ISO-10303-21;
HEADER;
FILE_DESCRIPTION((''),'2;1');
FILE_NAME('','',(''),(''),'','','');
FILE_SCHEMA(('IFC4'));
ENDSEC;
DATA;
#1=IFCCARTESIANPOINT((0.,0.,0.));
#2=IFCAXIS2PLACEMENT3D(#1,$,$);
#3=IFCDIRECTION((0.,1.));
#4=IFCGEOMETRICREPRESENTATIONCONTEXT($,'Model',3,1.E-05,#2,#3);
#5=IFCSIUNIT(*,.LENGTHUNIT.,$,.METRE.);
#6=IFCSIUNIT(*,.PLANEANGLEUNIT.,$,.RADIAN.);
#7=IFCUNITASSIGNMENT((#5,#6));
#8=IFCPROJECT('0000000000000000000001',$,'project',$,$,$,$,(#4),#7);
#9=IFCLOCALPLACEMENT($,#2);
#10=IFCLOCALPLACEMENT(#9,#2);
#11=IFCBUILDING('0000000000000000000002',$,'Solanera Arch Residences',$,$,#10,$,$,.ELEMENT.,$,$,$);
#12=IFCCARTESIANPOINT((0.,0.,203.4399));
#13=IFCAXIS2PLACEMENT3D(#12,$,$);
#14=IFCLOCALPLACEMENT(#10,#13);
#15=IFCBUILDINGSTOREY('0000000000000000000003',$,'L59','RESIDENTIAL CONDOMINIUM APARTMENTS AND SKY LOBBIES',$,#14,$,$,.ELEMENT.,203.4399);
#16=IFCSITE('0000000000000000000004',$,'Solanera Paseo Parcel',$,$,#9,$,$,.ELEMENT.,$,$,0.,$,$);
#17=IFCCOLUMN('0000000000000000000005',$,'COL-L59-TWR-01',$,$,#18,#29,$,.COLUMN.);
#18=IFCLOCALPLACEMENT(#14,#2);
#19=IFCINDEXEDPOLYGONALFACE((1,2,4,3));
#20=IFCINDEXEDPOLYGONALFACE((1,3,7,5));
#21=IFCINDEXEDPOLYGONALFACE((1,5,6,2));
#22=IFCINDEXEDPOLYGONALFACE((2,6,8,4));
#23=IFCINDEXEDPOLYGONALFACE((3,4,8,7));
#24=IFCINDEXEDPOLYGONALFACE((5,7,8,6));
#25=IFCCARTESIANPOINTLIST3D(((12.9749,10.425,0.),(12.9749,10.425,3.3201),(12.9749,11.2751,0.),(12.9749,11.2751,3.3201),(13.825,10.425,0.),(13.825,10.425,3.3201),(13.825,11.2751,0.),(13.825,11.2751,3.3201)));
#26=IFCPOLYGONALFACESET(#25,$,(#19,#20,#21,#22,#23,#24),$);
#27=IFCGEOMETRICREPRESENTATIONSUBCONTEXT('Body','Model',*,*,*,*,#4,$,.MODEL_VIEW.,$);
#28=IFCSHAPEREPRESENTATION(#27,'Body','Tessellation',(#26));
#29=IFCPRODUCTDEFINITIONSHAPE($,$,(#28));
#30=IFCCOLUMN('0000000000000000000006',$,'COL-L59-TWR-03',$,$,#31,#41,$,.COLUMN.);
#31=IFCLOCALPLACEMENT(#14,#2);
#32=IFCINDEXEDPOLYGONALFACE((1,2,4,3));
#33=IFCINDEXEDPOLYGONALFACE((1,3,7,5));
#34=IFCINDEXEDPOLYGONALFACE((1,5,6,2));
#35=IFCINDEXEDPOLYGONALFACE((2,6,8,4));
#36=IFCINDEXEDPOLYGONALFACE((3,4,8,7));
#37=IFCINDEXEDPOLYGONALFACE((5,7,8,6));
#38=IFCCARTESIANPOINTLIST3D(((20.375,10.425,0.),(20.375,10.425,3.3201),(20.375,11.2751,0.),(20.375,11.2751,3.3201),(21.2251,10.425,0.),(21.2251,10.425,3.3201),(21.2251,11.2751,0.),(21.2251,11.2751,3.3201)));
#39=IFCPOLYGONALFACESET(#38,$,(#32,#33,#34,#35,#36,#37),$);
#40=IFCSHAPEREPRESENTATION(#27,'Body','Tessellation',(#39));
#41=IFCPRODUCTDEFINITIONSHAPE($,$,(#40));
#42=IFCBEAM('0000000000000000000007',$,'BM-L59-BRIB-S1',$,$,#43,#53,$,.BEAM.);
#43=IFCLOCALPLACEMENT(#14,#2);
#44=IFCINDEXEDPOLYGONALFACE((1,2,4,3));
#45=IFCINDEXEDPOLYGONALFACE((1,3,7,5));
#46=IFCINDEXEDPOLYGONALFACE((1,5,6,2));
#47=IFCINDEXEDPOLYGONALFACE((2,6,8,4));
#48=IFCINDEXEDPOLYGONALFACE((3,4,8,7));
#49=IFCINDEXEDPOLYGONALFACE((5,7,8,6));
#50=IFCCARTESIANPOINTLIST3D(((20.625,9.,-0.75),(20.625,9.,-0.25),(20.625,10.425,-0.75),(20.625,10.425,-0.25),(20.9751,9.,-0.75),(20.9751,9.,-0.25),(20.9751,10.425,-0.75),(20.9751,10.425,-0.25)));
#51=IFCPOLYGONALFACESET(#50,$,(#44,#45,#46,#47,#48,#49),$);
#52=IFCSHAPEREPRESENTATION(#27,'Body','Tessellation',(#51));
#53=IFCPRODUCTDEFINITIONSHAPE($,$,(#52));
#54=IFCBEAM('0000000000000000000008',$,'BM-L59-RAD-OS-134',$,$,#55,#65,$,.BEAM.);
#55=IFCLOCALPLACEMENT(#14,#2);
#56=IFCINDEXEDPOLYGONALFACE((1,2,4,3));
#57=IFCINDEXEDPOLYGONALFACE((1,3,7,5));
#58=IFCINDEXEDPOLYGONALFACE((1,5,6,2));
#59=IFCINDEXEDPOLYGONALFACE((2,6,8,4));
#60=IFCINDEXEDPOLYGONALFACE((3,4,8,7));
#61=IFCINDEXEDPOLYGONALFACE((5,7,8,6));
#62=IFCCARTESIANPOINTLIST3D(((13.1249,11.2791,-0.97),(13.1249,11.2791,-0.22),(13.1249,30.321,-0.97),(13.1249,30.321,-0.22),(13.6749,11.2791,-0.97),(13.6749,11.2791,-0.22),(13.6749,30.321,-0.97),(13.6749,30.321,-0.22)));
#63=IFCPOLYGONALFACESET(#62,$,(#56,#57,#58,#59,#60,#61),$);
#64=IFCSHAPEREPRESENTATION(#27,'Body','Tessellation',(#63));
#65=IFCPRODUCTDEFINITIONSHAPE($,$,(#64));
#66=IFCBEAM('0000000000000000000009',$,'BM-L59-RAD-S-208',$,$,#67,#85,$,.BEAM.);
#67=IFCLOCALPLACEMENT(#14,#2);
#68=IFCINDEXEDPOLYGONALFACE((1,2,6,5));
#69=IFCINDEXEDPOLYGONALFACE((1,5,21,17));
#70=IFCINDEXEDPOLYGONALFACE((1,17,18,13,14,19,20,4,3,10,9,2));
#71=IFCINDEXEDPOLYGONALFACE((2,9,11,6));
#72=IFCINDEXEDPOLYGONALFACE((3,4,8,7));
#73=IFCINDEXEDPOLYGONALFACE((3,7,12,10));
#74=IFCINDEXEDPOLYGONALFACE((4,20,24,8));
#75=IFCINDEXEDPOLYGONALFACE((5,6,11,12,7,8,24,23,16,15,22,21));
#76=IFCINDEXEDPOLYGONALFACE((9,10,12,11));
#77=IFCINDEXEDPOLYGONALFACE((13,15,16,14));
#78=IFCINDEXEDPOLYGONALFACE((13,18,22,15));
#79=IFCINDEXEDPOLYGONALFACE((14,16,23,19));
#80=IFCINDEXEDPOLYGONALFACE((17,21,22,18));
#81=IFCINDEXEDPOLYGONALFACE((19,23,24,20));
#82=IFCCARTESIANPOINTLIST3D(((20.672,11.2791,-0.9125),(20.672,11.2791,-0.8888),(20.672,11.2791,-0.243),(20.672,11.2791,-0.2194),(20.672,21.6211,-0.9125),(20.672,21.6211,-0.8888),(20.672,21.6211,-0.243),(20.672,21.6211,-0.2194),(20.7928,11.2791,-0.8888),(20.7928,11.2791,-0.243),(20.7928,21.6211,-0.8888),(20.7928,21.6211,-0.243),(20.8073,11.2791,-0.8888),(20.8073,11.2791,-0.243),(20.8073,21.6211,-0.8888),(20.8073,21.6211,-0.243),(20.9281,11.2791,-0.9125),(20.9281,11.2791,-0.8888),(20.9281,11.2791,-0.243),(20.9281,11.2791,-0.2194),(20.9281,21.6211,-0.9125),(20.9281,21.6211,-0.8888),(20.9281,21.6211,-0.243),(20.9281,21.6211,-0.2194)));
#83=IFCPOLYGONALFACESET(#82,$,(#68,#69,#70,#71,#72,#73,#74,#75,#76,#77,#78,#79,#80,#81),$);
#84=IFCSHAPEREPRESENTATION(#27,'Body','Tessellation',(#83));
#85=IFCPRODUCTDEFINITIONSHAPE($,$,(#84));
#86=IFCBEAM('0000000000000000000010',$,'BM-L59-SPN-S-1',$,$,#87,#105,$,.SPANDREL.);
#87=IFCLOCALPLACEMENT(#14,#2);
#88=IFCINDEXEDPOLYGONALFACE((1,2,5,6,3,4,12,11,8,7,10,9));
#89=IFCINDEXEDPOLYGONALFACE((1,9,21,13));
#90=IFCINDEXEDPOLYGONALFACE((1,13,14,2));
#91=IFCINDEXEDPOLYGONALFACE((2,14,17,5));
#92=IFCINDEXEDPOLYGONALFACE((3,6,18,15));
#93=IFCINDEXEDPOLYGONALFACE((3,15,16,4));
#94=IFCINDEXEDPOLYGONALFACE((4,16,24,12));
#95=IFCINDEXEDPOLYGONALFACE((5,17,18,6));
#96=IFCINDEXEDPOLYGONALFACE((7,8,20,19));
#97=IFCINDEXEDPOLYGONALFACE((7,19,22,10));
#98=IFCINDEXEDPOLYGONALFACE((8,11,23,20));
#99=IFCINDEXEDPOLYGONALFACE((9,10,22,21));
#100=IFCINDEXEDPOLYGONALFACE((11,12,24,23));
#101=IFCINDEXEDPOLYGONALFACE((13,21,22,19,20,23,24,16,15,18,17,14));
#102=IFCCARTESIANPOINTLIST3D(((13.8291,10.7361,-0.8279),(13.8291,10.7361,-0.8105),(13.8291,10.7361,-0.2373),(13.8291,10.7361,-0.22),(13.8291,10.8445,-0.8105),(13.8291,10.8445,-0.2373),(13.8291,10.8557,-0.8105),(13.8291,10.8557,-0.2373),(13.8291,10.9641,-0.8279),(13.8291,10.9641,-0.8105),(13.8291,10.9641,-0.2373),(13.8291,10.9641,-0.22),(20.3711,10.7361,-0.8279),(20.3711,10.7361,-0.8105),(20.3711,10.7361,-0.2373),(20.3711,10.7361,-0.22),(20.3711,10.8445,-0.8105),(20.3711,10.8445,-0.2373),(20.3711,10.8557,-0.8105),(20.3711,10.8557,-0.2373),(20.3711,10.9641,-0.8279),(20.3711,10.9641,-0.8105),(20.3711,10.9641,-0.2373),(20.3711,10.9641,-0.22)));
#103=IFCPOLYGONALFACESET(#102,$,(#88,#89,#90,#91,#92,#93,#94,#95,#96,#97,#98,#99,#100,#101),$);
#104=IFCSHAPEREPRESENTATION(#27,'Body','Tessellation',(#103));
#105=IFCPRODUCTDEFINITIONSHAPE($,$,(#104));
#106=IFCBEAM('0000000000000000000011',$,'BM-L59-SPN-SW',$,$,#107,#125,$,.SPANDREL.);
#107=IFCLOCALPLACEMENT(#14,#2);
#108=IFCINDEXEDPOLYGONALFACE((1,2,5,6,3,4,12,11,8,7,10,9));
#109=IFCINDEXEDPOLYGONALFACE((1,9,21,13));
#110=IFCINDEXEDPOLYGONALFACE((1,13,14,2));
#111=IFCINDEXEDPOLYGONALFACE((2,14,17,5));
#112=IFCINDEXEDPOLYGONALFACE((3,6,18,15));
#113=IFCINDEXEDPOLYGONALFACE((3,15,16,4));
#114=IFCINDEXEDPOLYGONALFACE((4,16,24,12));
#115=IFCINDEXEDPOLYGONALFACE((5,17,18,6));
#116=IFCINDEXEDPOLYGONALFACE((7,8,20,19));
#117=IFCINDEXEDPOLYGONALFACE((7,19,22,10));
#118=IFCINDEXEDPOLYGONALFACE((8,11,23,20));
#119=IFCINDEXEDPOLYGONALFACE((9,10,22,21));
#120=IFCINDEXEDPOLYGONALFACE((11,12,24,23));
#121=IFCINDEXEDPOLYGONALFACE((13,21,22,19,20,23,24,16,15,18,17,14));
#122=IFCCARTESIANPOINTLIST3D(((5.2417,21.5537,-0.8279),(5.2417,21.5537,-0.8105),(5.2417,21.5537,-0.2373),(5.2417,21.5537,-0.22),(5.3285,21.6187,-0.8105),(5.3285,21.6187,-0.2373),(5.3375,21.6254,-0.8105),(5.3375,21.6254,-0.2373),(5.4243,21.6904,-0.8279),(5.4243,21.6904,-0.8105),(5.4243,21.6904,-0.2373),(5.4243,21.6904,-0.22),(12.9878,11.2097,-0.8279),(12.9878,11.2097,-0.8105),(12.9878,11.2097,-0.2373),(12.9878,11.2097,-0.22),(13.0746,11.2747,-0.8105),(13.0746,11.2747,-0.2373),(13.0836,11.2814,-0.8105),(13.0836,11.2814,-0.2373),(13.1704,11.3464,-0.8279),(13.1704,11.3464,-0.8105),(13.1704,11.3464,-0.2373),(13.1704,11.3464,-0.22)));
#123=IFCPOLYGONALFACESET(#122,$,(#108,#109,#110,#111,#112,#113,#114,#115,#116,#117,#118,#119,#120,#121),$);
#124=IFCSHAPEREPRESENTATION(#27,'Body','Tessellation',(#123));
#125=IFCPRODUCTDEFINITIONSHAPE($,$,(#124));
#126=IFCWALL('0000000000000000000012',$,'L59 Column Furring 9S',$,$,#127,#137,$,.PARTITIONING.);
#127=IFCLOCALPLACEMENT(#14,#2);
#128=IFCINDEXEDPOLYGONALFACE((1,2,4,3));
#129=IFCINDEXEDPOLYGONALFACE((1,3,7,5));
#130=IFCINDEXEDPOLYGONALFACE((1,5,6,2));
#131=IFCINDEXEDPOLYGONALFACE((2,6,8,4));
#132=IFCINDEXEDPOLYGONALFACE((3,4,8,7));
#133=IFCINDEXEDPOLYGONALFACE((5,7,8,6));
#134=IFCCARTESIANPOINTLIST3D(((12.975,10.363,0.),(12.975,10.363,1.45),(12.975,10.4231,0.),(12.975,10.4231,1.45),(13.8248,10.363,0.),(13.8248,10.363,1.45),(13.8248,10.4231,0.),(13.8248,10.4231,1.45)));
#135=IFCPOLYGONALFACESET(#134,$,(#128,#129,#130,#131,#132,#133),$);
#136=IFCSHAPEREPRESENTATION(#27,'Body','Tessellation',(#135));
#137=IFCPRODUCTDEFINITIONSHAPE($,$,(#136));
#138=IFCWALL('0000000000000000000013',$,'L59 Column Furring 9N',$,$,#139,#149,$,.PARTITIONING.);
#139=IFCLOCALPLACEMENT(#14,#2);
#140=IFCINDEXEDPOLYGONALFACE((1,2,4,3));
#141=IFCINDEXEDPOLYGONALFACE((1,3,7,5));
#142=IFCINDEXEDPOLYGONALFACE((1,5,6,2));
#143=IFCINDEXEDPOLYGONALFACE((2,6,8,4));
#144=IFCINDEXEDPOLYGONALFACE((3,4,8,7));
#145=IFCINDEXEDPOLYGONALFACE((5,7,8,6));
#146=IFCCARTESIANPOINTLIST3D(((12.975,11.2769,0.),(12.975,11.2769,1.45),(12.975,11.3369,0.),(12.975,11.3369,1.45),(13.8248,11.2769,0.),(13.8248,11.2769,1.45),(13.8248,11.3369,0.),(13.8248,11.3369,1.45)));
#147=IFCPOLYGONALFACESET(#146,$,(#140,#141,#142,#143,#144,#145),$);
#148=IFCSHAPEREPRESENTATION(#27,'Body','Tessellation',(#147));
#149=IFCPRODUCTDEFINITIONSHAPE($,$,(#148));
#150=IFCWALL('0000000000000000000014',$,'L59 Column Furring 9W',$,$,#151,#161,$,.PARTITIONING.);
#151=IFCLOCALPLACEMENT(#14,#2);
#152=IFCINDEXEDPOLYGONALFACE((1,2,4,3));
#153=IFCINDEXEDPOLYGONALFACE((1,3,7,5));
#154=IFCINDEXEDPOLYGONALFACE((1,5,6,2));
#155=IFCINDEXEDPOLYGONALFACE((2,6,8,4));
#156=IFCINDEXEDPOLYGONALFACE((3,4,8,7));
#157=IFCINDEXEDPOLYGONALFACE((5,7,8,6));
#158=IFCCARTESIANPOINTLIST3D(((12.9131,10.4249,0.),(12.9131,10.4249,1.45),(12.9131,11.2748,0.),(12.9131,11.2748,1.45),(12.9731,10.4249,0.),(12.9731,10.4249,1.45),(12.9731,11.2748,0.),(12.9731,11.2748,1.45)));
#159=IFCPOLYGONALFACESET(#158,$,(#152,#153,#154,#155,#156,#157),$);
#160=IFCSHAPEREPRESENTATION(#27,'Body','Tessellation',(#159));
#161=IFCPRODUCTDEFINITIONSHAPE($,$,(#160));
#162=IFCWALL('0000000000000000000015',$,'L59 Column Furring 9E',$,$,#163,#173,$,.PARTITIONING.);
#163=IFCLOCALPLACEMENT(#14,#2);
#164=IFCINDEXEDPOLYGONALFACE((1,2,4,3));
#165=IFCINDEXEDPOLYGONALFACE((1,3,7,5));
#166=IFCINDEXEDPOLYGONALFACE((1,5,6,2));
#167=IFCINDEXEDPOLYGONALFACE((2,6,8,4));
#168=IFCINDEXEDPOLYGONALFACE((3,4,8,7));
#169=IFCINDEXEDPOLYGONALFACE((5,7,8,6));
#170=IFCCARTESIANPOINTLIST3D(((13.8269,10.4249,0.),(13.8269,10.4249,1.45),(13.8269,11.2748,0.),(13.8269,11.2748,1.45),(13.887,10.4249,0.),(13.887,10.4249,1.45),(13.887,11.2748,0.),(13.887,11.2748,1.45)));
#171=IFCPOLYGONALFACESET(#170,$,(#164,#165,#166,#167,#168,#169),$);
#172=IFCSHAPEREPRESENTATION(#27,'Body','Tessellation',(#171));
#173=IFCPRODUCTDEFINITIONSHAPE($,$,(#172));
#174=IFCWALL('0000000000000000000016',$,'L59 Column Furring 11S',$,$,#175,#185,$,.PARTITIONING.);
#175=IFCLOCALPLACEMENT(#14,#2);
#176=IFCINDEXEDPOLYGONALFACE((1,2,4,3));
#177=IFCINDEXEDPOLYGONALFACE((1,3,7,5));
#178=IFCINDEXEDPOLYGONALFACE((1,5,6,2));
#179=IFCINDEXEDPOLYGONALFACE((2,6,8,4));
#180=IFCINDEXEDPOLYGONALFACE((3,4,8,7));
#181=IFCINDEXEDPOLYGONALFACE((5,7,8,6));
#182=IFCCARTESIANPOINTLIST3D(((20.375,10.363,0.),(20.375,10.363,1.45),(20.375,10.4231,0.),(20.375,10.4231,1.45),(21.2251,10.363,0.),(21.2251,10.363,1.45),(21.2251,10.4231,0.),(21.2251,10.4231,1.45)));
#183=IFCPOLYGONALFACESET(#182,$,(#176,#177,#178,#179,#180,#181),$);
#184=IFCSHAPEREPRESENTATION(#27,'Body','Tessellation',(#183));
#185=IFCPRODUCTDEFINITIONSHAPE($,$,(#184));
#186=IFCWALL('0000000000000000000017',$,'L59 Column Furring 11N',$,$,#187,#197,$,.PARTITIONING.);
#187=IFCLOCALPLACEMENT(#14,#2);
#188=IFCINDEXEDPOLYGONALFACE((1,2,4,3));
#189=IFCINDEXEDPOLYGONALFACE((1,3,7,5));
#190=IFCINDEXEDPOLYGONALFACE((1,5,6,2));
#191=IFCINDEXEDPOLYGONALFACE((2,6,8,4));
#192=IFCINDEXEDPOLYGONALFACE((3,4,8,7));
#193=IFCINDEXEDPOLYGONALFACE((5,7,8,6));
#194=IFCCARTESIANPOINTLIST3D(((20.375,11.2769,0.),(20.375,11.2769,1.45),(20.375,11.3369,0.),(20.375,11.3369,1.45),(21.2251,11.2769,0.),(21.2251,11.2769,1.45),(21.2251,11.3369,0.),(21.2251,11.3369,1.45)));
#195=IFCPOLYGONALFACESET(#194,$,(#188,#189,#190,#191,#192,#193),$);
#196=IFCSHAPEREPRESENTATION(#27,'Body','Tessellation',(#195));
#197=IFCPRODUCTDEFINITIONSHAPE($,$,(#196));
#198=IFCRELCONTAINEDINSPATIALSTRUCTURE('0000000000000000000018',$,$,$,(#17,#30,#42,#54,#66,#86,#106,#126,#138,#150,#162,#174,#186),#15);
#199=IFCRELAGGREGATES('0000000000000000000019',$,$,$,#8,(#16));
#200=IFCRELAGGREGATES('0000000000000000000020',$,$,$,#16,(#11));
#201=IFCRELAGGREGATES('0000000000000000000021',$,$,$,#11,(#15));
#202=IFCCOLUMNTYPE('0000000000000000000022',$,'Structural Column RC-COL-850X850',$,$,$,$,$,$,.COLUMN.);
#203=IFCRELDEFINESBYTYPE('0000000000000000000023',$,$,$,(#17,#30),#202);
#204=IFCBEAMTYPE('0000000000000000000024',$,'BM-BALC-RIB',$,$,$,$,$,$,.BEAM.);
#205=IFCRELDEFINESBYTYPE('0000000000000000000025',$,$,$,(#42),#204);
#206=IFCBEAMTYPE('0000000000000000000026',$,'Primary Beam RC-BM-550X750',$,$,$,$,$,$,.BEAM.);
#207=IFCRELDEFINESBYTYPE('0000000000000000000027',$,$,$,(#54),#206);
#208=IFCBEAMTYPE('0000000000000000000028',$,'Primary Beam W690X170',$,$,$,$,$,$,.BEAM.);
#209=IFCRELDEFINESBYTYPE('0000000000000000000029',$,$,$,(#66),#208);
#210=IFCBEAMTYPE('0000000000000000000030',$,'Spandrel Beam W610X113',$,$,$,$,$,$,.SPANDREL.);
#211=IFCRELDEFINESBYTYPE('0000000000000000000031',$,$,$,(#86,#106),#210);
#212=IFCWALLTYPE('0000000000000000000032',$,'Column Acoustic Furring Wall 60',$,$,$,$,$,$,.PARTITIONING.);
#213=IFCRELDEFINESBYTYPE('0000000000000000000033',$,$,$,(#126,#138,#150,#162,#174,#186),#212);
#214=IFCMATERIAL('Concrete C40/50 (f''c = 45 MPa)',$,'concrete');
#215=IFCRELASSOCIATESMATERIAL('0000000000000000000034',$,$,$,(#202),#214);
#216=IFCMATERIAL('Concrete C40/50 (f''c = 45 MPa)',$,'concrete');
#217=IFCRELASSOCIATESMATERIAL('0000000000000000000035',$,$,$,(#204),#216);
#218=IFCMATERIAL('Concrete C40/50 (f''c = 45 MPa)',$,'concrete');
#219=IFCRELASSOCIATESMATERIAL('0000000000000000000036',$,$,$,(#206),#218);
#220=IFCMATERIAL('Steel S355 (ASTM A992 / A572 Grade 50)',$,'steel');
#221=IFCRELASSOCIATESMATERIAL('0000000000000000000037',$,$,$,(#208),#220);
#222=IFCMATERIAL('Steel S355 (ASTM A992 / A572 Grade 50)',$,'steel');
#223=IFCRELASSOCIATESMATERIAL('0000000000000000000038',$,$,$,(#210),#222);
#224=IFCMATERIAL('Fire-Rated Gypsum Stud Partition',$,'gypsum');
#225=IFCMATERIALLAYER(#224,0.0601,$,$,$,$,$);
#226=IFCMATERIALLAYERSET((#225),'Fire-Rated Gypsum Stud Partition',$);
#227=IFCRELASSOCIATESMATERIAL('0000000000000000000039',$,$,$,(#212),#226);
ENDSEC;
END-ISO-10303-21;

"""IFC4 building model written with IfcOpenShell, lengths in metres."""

from ifc_helpers import new_model, si_unit, direction, frame, frame_2d, origin, origin_2d, place, context, subcontext, project, spatial, rectangle, i_section, extrude, material, layer, layer_set, material_profile, profile_set, type_object, element, save


model = new_model("IFC4")

# Units and contexts
model_context = context("Model", 3, precision=1e-05, world=origin(), true_north=direction((0.0, 1.0)))
body_context = subcontext(model_context, "Body", "Model", "MODEL_VIEW")
ifc_project = project(units=[si_unit("LENGTHUNIT", "METRE"), si_unit("PLANEANGLEUNIT", "RADIAN")], contexts=[model_context])

# Site, building, storey
site_placement = place(None, origin())
site = spatial("IfcSite", under=ifc_project, at=site_placement, Name="Solanera Paseo Parcel", CompositionType="ELEMENT", RefElevation=0.0)
building_placement = place(site_placement, origin())
building = spatial("IfcBuilding", under=site, at=building_placement, Name="Solanera Arch Residences", CompositionType="ELEMENT")
storey_placement = place(building_placement, frame((0.0, 0.0, 203.4399)))
storey = spatial("IfcBuildingStorey", under=building, at=storey_placement, Name="L59", Description="RESIDENTIAL CONDOMINIUM APARTMENTS AND SKY LOBBIES", CompositionType="ELEMENT", Elevation=203.4399)

# Columns
ifc_material_1 = material(Name="Concrete C40/50 (f'c = 45 MPa)", Category="concrete")
ifc_material_profile_1 = material_profile(ifc_material_1, rectangle(XDim=0.8501, YDim=0.8501, at=origin_2d()))
ifc_profile_set_1 = profile_set([ifc_material_profile_1], Name="Concrete C40/50 (f'c = 45 MPa)")
column_type = type_object("IfcColumnType", Name="Structural Column RC-COL-850X850", PredefinedType="COLUMN", material=ifc_profile_set_1)
for number, where, z_axis, x_axis, name in (
    (1, (13.3999, 10.8501, 0.0), (0.0, 0.0, 1.0), (1.0, 0.0, 0.0), "COL-L59-TWR-01"),
    (2, (20.8, 10.8501, 0.0), (0.0, 0.0, 1.0), (1.0, 0.0, 0.0), "COL-L59-TWR-03"),
):
    element("IfcColumn", number, at=place(storey_placement, frame(where, z_axis=z_axis, x_axis=x_axis)), inside=storey, type_object=column_type, Name=name, PredefinedType="COLUMN", context=body_context, shape_type="SweptSolid", body=[
        extrude(rectangle(XDim=0.8501, YDim=0.8501, at=origin_2d()), origin(), (0.0, 0.0, 1.0), 3.3201),
    ])

# Beams
ifc_material_2 = material(Name="Concrete C40/50 (f'c = 45 MPa)", Category="concrete")
ifc_material_profile_2 = material_profile(ifc_material_2, rectangle(XDim=0.3501, YDim=0.5, at=origin_2d()))
ifc_profile_set_2 = profile_set([ifc_material_profile_2], Name="Concrete C40/50 (f'c = 45 MPa)")
beam_type_1 = type_object("IfcBeamType", Name="BM-BALC-RIB", PredefinedType="BEAM", material=ifc_profile_set_2)
beam_1_placement = place(storey_placement, frame((20.8, 9.0, -0.5), z_axis=(0.0, 1.0, 0.0), x_axis=(-1.0, 0.0, 0.0)))
element("IfcBeam", 3, at=beam_1_placement, inside=storey, type_object=beam_type_1, Name="BM-L59-BRIB-S1", PredefinedType="BEAM", context=body_context, shape_type="SweptSolid", body=[
    extrude(rectangle(XDim=0.3501, YDim=0.5, at=origin_2d()), origin(), (0.0, 0.0, 1.0), 1.425),
])
ifc_material_3 = material(Name="Concrete C40/50 (f'c = 45 MPa)", Category="concrete")
ifc_material_profile_3 = material_profile(ifc_material_3, rectangle(XDim=0.55, YDim=0.75, at=origin_2d()))
ifc_profile_set_3 = profile_set([ifc_material_profile_3], Name="Concrete C40/50 (f'c = 45 MPa)")
beam_type_2 = type_object("IfcBeamType", Name="Primary Beam RC-BM-550X750", PredefinedType="BEAM", material=ifc_profile_set_3)
beam_2_placement = place(storey_placement, frame((13.3999, 11.2791, -0.595), z_axis=(0.0, 1.0, 0.0), x_axis=(-1.0, 0.0, 0.0)))
element("IfcBeam", 4, at=beam_2_placement, inside=storey, type_object=beam_type_2, Name="BM-L59-RAD-OS-134", PredefinedType="BEAM", context=body_context, shape_type="SweptSolid", body=[
    extrude(rectangle(XDim=0.55, YDim=0.75, at=origin_2d()), origin(), (0.0, 0.0, 1.0), 19.042),
])
ifc_material_4 = material(Name="Steel S355 (ASTM A992 / A572 Grade 50)", Category="steel")
ifc_material_profile_4 = material_profile(ifc_material_4, i_section(OverallWidth=0.2561, OverallDepth=0.6931, WebThickness=0.0144, FlangeThickness=0.0237, at=origin_2d()))
ifc_profile_set_4 = profile_set([ifc_material_profile_4], Name="Steel S355 (ASTM A992 / A572 Grade 50)")
beam_type_3 = type_object("IfcBeamType", Name="Primary Beam W690X170", PredefinedType="BEAM", material=ifc_profile_set_4)
beam_3_placement = place(storey_placement, frame((20.8, 11.2791, -0.5659), z_axis=(0.0, 1.0, 0.0), x_axis=(-1.0, 0.0, 0.0)))
element("IfcBeam", 5, at=beam_3_placement, inside=storey, type_object=beam_type_3, Name="BM-L59-RAD-S-208", PredefinedType="BEAM", context=body_context, shape_type="SweptSolid", body=[
    extrude(i_section(OverallWidth=0.2561, OverallDepth=0.6931, WebThickness=0.0144, FlangeThickness=0.0237, at=origin_2d()), origin(), (0.0, 0.0, 1.0), 10.342),
])
ifc_material_5 = material(Name="Steel S355 (ASTM A992 / A572 Grade 50)", Category="steel")
ifc_material_profile_5 = material_profile(ifc_material_5, i_section(OverallWidth=0.228, OverallDepth=0.6079, WebThickness=0.0112, FlangeThickness=0.0173, at=origin_2d()))
ifc_profile_set_5 = profile_set([ifc_material_profile_5], Name="Steel S355 (ASTM A992 / A572 Grade 50)")
beam_type_4 = type_object("IfcBeamType", Name="Spandrel Beam W610X113", PredefinedType="SPANDREL", material=ifc_profile_set_5)
beam_4_placement = place(storey_placement, frame((13.8291, 10.8501, -0.5239), z_axis=(1.0, 0.0, 0.0), x_axis=(0.0, 1.0, 0.0)))
element("IfcBeam", 6, at=beam_4_placement, inside=storey, type_object=beam_type_4, Name="BM-L59-SPN-S-1", PredefinedType="SPANDREL", context=body_context, shape_type="SweptSolid", body=[
    extrude(i_section(OverallWidth=0.228, OverallDepth=0.6079, WebThickness=0.0112, FlangeThickness=0.0173, at=origin_2d()), origin(), (0.0, 0.0, 1.0), 6.542),
])
beam_5_placement = place(storey_placement, frame((13.0791, 11.2781, -0.5239), z_axis=(-0.59941, 0.800442, 0.0), x_axis=(-0.800442, -0.59941, 0.0)))
element("IfcBeam", 7, at=beam_5_placement, inside=storey, type_object=beam_type_4, Name="BM-L59-SPN-SW", PredefinedType="SPANDREL", context=body_context, shape_type="SweptSolid", body=[
    extrude(i_section(OverallWidth=0.228, OverallDepth=0.6079, WebThickness=0.0112, FlangeThickness=0.0173, at=origin_2d()), origin(), (0.0, 0.0, 1.0), 12.9229),
])

# Walls
ifc_material_6 = material(Name="Fire-Rated Gypsum Stud Partition", Category="gypsum")
ifc_layer_1 = layer(ifc_material_6, 0.0601)
ifc_layer_set_1 = layer_set([ifc_layer_1], Name="Fire-Rated Gypsum Stud Partition")
wall_type_1 = type_object("IfcWallType", Name="Column Acoustic Furring Wall 60", PredefinedType="PARTITIONING", material=ifc_layer_set_1)
for number, where, z_axis, x_axis, name in (
    (8, (12.9751, 10.3931, 0.0), (0.0, 0.0, 1.0), (1.0, 0.0, 0.0), "L59 Column Furring 9S"),
    (9, (12.9751, 11.3069, 0.0), (0.0, 0.0, 1.0), (1.0, 0.0, 0.0), "L59 Column Furring 9N"),
    (10, (12.9431, 10.425, 0.0), (0.0, 0.0, 1.0), (0.0, 1.0, 0.0), "L59 Column Furring 9W"),
    (11, (13.8569, 10.425, 0.0), (0.0, 0.0, 1.0), (0.0, 1.0, 0.0), "L59 Column Furring 9E"),
):
    element("IfcWall", number, at=place(storey_placement, frame(where, z_axis=z_axis, x_axis=x_axis)), inside=storey, type_object=wall_type_1, Name=name, PredefinedType="PARTITIONING", context=body_context, shape_type="SweptSolid", body=[
        extrude(rectangle(XDim=0.8499, YDim=0.0601, at=frame_2d((0.4248, 0.0))), origin(), (0.0, 0.0, 1.0), 1.45),
    ])
for number, where, z_axis, x_axis, name in (
    (12, (20.375, 10.3931, 0.0), (0.0, 0.0, 1.0), (1.0, 0.0, 0.0), "L59 Column Furring 11S"),
    (13, (20.375, 11.3069, 0.0), (0.0, 0.0, 1.0), (1.0, 0.0, 0.0), "L59 Column Furring 11N"),
):
    element("IfcWall", number, at=place(storey_placement, frame(where, z_axis=z_axis, x_axis=x_axis)), inside=storey, type_object=wall_type_1, Name=name, PredefinedType="PARTITIONING", context=body_context, shape_type="SweptSolid", body=[
        extrude(rectangle(XDim=0.8501, YDim=0.0601, at=frame_2d((0.425, 0.0))), origin(), (0.0, 0.0, 1.0), 1.45),
    ])

save(model, "model.ifc")
